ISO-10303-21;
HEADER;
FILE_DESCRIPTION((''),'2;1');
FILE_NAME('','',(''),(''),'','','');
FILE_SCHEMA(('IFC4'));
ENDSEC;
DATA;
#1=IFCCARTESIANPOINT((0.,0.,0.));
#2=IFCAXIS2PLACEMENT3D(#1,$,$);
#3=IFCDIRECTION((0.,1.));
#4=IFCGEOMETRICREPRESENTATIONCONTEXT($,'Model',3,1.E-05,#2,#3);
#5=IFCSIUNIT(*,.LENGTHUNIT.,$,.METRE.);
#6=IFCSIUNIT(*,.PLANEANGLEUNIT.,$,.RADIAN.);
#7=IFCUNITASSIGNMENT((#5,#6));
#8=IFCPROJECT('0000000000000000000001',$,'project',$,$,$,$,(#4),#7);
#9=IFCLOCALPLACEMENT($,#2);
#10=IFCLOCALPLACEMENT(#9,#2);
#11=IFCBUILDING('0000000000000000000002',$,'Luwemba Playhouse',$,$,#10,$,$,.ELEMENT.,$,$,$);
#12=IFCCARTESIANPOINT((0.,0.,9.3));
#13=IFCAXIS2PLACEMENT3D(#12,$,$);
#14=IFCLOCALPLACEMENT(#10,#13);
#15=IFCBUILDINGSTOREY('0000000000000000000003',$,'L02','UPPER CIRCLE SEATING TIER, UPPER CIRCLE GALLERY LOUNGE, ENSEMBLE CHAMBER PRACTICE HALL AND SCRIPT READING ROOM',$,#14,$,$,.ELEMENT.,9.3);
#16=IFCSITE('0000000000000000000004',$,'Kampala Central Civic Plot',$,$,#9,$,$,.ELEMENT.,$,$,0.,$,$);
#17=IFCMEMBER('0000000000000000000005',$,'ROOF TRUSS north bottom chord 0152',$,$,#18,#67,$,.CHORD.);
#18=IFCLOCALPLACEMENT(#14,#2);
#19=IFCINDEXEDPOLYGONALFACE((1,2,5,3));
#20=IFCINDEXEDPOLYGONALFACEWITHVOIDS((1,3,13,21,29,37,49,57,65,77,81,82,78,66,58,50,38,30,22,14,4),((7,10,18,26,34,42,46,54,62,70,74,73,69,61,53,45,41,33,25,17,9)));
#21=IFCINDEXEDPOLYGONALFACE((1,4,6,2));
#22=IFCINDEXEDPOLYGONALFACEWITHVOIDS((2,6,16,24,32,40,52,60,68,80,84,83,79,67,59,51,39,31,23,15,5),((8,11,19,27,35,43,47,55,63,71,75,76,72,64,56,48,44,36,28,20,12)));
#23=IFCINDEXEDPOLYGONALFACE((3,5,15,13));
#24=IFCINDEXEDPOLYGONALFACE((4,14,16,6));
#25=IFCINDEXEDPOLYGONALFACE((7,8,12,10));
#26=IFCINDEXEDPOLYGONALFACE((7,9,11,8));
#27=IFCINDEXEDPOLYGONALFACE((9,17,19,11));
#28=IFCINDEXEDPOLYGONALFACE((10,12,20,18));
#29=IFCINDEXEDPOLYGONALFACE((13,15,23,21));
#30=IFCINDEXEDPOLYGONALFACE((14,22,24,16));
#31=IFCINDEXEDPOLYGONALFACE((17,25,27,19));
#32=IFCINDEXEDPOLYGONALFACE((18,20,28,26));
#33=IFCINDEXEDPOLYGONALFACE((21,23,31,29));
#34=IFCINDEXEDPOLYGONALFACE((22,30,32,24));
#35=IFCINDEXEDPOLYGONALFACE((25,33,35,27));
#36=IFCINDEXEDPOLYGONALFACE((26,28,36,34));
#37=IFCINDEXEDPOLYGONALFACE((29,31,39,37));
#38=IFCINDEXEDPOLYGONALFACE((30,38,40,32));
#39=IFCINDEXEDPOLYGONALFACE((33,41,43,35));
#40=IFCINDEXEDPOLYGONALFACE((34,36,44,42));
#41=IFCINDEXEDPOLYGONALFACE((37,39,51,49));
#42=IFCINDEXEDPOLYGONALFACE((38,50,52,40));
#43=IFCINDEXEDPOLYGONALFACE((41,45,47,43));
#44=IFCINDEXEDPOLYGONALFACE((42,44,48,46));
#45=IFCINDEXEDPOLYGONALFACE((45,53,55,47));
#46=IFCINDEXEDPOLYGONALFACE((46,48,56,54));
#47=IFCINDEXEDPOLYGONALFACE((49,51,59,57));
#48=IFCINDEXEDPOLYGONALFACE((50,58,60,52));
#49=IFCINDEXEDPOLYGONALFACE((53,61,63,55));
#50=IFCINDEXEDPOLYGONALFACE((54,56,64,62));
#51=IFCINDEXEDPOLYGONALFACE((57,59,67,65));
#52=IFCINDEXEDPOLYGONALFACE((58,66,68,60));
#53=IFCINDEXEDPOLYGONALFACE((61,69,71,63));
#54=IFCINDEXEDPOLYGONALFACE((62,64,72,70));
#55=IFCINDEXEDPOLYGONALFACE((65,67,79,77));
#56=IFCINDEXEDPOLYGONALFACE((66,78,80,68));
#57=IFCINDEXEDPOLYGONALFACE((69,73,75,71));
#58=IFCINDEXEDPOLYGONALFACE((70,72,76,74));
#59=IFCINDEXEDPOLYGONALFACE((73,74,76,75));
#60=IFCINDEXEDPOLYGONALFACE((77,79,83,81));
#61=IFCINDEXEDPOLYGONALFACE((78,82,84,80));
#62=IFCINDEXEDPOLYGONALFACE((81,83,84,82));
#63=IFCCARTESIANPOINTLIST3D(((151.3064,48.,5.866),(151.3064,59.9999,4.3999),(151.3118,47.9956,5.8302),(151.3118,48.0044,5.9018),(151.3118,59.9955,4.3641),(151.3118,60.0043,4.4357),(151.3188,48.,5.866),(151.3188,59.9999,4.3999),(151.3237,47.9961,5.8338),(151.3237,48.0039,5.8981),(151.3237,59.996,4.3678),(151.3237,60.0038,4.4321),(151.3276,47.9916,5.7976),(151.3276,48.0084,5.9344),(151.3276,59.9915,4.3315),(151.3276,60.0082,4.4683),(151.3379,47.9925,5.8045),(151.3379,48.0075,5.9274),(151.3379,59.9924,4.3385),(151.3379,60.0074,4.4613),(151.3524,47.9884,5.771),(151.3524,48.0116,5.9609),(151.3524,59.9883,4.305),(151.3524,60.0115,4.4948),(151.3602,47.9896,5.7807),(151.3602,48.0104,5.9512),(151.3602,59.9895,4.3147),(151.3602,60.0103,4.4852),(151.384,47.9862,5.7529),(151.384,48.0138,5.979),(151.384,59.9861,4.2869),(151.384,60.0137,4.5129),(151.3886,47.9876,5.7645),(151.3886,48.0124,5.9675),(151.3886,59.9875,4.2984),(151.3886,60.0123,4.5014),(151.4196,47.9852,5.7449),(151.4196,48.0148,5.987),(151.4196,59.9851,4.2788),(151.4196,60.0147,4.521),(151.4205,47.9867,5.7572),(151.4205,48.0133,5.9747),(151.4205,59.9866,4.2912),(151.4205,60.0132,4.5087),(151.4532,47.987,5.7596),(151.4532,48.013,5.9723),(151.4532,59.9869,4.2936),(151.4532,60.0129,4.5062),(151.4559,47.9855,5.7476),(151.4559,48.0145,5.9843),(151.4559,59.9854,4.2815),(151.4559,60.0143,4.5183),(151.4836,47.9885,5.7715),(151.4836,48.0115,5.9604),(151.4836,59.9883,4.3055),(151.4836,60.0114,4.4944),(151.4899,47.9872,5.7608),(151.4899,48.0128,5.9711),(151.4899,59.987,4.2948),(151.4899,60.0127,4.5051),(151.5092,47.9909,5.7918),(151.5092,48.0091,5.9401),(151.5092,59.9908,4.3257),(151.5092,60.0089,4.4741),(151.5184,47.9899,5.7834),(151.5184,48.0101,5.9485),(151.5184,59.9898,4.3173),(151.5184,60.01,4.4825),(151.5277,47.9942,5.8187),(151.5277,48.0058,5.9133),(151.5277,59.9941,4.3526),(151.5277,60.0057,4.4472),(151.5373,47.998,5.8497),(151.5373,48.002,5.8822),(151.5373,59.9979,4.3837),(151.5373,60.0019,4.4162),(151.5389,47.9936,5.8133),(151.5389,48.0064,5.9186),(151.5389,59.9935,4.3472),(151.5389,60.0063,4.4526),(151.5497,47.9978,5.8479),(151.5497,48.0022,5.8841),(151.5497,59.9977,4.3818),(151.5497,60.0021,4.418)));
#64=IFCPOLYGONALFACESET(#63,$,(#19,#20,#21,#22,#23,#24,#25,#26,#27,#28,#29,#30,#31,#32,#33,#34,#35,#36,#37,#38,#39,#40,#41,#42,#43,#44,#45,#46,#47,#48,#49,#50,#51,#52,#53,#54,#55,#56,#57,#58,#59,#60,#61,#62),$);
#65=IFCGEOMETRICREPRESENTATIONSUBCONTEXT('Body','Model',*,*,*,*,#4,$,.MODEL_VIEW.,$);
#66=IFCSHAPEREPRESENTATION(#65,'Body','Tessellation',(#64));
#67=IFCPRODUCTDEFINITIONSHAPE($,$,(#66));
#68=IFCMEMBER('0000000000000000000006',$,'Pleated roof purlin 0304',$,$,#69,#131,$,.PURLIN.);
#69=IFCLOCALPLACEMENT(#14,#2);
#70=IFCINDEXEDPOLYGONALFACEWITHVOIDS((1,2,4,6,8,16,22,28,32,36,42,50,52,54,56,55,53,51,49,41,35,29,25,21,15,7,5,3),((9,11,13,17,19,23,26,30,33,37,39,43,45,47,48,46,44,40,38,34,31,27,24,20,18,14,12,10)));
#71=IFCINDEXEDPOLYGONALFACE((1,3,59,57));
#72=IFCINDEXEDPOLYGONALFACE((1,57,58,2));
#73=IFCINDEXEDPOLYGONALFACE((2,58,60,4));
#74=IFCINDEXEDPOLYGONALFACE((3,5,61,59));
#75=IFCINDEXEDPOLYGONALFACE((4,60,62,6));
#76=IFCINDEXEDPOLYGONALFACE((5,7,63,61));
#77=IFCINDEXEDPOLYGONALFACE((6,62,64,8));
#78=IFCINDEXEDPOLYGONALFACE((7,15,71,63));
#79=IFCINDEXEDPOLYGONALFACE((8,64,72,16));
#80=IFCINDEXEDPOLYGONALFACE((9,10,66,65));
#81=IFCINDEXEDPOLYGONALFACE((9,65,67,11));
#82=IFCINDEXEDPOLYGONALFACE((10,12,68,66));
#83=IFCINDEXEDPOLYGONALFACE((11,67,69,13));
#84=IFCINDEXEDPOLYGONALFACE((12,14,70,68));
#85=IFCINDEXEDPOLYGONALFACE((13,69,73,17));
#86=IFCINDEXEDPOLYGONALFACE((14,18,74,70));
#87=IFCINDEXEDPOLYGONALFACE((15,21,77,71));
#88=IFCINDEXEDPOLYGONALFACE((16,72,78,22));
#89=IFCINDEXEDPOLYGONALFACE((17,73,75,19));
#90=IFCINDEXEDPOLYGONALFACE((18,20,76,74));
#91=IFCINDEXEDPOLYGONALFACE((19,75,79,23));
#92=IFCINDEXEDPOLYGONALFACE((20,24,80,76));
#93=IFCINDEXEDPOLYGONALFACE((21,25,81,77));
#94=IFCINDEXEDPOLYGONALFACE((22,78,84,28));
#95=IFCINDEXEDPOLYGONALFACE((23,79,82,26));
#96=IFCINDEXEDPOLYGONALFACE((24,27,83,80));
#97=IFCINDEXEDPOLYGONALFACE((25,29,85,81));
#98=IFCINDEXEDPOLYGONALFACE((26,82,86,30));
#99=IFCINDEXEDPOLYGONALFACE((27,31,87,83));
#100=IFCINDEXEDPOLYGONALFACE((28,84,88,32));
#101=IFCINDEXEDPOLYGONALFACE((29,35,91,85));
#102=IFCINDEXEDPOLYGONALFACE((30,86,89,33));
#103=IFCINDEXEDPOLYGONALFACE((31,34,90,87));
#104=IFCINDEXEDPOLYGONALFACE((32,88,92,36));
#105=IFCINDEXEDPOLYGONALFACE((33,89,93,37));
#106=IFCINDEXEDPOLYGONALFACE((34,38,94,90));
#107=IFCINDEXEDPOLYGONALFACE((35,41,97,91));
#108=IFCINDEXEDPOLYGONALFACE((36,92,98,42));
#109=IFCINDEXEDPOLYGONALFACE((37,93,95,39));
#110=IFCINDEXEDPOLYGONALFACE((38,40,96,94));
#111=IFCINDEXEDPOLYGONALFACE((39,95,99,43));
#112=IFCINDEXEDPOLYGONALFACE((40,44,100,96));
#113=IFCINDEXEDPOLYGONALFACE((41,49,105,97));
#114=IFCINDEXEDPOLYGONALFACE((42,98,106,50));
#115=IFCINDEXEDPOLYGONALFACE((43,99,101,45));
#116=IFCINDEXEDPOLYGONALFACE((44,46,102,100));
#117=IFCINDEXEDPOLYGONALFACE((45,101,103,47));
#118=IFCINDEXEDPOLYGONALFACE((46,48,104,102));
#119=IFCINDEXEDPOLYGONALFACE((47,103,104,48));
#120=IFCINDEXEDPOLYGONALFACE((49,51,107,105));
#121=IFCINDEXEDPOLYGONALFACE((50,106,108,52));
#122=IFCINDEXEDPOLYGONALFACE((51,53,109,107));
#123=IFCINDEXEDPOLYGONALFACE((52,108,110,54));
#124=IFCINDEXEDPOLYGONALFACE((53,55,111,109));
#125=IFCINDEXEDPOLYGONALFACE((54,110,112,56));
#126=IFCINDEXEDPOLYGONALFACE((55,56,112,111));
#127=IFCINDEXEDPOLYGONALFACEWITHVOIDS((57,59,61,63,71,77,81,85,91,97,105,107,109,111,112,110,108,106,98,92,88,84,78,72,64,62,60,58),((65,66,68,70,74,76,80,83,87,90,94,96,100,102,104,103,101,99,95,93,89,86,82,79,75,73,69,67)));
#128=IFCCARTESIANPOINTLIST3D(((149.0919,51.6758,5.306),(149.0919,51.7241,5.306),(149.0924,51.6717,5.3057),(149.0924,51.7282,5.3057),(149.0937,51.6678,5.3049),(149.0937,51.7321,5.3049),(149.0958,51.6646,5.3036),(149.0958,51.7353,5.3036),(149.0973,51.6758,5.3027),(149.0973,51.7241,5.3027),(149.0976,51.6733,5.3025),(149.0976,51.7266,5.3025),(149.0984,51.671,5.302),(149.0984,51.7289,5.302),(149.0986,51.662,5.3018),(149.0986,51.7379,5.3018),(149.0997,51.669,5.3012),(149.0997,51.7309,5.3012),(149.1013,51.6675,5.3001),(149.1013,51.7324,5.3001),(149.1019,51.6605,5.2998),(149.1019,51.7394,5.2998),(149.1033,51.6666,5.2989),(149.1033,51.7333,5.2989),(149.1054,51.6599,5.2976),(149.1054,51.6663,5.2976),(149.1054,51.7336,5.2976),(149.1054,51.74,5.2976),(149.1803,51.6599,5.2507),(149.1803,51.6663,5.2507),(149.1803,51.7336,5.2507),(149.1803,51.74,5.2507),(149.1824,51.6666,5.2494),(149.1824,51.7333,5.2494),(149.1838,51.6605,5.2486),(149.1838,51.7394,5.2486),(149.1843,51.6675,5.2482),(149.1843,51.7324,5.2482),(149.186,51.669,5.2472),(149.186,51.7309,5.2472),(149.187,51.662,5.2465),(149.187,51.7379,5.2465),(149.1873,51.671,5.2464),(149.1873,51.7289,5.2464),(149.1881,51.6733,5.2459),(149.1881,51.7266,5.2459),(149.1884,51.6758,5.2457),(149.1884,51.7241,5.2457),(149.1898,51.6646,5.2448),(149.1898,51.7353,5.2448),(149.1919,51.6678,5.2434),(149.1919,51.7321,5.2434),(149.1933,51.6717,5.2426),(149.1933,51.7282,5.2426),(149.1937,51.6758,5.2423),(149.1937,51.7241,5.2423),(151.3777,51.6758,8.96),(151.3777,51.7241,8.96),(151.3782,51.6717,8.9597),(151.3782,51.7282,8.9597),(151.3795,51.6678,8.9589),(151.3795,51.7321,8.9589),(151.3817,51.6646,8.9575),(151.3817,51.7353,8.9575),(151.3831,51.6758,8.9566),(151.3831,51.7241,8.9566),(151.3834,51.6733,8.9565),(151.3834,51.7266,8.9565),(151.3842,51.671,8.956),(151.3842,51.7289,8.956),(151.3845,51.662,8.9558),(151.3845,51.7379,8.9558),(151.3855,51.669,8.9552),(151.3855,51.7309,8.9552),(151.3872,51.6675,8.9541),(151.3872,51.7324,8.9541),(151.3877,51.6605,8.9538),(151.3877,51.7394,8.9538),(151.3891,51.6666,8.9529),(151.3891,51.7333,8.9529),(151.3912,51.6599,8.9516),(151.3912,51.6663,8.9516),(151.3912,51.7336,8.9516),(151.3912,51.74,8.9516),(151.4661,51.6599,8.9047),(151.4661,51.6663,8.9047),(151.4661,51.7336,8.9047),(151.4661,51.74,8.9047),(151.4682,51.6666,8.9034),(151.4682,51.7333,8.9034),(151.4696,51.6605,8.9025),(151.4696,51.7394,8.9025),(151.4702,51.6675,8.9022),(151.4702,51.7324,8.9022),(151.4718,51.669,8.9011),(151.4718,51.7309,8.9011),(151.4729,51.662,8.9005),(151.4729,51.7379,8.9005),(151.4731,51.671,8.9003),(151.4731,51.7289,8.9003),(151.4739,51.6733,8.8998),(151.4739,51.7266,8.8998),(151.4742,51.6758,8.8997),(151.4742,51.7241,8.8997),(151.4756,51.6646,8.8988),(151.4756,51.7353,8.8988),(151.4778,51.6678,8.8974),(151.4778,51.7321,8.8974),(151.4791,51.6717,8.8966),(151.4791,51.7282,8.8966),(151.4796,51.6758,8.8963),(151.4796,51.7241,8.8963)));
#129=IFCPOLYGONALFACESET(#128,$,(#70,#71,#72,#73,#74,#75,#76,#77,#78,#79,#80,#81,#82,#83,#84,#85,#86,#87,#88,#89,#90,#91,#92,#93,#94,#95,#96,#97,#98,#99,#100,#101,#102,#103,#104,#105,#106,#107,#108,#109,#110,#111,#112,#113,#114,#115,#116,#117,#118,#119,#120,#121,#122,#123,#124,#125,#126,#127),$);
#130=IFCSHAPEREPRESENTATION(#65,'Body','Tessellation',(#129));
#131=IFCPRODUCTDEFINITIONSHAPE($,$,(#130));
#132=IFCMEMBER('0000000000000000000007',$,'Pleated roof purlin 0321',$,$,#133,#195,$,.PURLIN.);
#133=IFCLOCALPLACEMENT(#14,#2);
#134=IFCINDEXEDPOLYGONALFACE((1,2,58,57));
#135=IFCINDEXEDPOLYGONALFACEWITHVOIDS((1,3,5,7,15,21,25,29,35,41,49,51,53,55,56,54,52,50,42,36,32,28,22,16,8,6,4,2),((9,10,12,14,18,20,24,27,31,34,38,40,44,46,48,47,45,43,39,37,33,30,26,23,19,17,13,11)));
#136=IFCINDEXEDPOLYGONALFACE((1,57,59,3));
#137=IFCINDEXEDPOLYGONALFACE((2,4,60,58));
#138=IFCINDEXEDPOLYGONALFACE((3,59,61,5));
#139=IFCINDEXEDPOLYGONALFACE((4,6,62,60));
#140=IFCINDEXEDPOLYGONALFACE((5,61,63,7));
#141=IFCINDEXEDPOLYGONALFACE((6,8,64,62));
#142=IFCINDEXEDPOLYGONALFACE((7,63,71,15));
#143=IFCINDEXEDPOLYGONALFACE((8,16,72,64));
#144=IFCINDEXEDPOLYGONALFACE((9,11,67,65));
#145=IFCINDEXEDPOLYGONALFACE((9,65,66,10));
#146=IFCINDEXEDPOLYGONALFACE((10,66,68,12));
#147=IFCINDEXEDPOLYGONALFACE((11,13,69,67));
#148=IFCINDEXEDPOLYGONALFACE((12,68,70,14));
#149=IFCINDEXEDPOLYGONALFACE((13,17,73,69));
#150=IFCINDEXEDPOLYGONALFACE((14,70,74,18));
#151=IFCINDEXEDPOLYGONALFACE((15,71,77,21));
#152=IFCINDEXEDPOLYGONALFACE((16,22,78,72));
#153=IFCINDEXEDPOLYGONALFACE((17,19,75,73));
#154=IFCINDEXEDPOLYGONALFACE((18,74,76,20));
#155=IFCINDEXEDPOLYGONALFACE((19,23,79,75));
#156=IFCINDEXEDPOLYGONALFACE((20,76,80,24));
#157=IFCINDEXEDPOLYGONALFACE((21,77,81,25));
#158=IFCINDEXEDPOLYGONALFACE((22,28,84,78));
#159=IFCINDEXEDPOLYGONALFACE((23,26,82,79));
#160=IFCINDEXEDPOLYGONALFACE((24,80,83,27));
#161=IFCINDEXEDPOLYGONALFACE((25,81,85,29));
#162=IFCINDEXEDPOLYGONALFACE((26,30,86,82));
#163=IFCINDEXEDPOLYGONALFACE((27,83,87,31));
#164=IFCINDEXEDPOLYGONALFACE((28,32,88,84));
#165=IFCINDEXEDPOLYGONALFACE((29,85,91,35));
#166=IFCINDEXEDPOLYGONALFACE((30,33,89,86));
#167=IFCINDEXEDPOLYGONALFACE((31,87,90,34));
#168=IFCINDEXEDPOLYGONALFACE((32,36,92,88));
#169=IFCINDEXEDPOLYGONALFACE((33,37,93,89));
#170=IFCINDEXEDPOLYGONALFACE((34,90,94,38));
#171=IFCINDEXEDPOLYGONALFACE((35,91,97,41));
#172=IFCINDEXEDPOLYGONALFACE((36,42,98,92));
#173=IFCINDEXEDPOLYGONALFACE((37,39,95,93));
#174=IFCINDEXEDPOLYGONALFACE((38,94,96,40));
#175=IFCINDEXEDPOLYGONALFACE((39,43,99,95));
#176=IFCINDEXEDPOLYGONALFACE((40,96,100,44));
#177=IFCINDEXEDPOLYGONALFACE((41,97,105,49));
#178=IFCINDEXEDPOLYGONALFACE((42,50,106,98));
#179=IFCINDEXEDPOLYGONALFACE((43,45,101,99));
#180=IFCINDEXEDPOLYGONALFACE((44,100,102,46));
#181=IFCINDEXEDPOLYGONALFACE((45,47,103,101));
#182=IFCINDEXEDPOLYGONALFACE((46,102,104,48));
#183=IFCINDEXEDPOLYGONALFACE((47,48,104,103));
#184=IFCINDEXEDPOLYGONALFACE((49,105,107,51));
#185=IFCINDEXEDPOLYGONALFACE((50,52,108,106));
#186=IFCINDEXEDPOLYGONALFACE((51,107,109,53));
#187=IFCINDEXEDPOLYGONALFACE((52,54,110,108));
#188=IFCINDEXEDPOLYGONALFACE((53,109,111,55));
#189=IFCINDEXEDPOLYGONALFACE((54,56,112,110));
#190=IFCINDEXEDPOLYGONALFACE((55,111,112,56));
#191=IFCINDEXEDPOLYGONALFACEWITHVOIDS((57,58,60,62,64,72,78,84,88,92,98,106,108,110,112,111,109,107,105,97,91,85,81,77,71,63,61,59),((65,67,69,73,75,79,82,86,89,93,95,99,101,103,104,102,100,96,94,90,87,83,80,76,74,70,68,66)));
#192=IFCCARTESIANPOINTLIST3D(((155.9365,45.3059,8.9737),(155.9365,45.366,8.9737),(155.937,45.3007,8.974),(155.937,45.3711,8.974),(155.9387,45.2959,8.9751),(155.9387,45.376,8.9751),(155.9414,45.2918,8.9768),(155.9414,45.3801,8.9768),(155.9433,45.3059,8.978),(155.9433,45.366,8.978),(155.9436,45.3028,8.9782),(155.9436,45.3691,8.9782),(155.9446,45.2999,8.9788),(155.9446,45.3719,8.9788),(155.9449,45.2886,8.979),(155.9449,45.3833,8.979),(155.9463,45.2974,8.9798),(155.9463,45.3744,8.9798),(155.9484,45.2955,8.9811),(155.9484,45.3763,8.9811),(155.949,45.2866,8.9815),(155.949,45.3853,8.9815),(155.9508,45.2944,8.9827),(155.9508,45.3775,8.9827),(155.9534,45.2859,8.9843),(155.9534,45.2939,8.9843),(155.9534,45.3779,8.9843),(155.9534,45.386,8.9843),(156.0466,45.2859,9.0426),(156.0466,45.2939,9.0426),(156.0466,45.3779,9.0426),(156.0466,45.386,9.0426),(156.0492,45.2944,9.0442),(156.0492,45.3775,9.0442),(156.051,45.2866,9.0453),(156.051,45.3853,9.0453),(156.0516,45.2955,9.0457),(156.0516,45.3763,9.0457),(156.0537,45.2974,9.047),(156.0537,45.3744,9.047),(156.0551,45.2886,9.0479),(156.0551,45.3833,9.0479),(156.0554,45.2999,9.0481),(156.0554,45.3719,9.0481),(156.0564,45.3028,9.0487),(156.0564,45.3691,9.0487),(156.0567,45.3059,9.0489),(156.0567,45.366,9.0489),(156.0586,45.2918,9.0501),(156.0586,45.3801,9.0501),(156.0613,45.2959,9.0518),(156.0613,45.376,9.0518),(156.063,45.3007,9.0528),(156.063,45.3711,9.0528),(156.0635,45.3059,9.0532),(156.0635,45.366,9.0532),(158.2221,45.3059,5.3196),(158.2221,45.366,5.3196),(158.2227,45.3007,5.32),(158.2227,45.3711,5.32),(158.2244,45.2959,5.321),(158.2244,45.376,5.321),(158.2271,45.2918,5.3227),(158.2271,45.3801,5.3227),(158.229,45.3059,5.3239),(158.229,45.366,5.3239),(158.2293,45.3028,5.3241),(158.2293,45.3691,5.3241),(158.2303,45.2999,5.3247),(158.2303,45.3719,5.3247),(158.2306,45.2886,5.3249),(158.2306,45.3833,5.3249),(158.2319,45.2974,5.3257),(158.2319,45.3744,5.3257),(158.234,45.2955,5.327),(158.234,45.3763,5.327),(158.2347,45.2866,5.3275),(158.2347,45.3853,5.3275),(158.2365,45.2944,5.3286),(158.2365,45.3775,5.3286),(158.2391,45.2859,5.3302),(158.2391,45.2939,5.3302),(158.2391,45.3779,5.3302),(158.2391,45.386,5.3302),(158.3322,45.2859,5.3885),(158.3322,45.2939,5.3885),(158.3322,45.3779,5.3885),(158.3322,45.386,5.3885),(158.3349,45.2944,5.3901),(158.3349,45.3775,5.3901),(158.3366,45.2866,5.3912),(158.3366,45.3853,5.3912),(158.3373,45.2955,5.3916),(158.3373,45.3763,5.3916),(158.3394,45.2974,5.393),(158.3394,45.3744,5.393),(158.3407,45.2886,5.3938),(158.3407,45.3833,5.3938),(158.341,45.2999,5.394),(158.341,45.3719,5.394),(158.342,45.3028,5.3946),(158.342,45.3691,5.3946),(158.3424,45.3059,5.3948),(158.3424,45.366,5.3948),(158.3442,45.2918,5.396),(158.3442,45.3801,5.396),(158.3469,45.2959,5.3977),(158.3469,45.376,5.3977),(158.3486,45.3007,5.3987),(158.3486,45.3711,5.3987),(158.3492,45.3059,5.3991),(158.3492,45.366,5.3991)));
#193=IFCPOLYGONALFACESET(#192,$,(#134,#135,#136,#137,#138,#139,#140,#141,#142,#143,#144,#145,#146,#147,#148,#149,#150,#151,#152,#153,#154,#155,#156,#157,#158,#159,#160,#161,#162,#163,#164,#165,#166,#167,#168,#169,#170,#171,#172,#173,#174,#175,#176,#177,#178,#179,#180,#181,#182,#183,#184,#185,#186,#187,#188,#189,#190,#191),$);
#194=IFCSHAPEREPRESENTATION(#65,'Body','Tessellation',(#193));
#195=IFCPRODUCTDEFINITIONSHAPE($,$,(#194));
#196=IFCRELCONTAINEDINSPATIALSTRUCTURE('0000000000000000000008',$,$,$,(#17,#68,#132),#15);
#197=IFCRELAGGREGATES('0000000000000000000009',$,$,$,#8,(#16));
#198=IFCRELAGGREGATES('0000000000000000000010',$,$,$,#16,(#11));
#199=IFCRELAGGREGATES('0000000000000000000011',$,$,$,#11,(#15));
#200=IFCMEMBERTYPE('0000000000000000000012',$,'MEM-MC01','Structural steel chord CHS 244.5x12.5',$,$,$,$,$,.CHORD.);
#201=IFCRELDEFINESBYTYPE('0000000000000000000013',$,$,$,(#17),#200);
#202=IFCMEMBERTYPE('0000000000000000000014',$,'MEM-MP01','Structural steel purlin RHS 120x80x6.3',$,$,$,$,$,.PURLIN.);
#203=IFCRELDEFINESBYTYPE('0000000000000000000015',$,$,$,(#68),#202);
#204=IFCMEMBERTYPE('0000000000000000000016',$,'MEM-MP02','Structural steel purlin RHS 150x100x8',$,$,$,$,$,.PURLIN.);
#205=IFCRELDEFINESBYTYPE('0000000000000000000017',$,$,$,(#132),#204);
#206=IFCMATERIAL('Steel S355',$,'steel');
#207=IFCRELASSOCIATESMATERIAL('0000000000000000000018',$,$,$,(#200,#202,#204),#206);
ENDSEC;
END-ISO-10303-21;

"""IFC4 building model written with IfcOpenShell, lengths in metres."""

from ifc_helpers import new_model, si_unit, direction, frame, origin, origin_2d, place, context, subcontext, project, spatial, hollow_rectangle, hollow_circle, extrude, material, material_profile, profile_set, type_object, element, save


model = new_model("IFC4")

# Units and contexts
model_context = context("Model", 3, precision=1e-05, world=origin(), true_north=direction((0.0, 1.0)))
body_context = subcontext(model_context, "Body", "Model", "MODEL_VIEW")
ifc_project = project(units=[si_unit("LENGTHUNIT", "METRE"), si_unit("PLANEANGLEUNIT", "RADIAN")], contexts=[model_context])

# Site, building, storey
site_placement = place(None, origin())
site = spatial("IfcSite", under=ifc_project, at=site_placement, Name="Kampala Central Civic Plot", CompositionType="ELEMENT", RefElevation=0.0)
building_placement = place(site_placement, origin())
building = spatial("IfcBuilding", under=site, at=building_placement, Name="Luwemba Playhouse", CompositionType="ELEMENT")
storey_placement = place(building_placement, frame((0.0, 0.0, 9.3)))
storey = spatial("IfcBuildingStorey", under=building, at=storey_placement, Name="L02", Description="UPPER CIRCLE SEATING TIER, UPPER CIRCLE GALLERY LOUNGE, ENSEMBLE CHAMBER PRACTICE HALL AND SCRIPT READING ROOM", CompositionType="ELEMENT", Elevation=9.3)

# Shared definitions
ifc_material_1 = material(Name="Steel S355", Category="steel")

# Members
ifc_material_profile_1 = material_profile(ifc_material_1, hollow_circle(Radius=0.1223, WallThickness=0.0125, at=origin_2d()))
ifc_profile_set_1 = profile_set([ifc_material_profile_1], Name="Steel S355")
member_type_1 = type_object("IfcMemberType", Name="MEM-MC01", Description="Structural steel chord CHS 244.5x12.5", PredefinedType="CHORD", material=ifc_profile_set_1)
member_1_placement = place(storey_placement, frame((151.4287, 48.0, 5.866), z_axis=(0.0, 0.99262, -0.12127), x_axis=(-1.0, 0.0, 0.0)))
element("IfcMember", 1, at=member_1_placement, inside=storey, type_object=member_type_1, Name="ROOF TRUSS north bottom chord 0152", PredefinedType="CHORD", context=body_context, shape_type="SweptSolid", body=[
    extrude(hollow_circle(Radius=0.1223, WallThickness=0.0125, at=origin_2d()), origin(), (0.0, 0.0, 1.0), 12.0891),
])
ifc_material_profile_2 = material_profile(ifc_material_1, hollow_rectangle(XDim=0.0801, YDim=0.1201, WallThickness=0.0063, InnerFilletRadius=0.0095, OuterFilletRadius=0.0159, at=origin_2d()))
ifc_profile_set_2 = profile_set([ifc_material_profile_2], Name="Steel S355")
member_type_2 = type_object("IfcMemberType", Name="MEM-MP01", Description="Structural steel purlin RHS 120x80x6.3", PredefinedType="PURLIN", material=ifc_profile_set_2)
member_2_placement = place(storey_placement, frame((149.1428, 51.7, 5.2742), z_axis=(0.53035, 0.0, 0.847779), x_axis=(0.0, 1.0, 0.0)))
element("IfcMember", 2, at=member_2_placement, inside=storey, type_object=member_type_2, Name="Pleated roof purlin 0304", PredefinedType="PURLIN", context=body_context, shape_type="SweptSolid", body=[
    extrude(hollow_rectangle(XDim=0.0801, YDim=0.1201, WallThickness=0.0063, InnerFilletRadius=0.0095, OuterFilletRadius=0.0159, at=origin_2d()), origin(), (0.0, 0.0, 1.0), 4.3101),
])
ifc_material_profile_3 = material_profile(ifc_material_1, hollow_rectangle(XDim=0.1001, YDim=0.1499, WallThickness=0.0081, InnerFilletRadius=0.012, OuterFilletRadius=0.02, at=origin_2d()))
ifc_profile_set_3 = profile_set([ifc_material_profile_3], Name="Steel S355")
member_type_3 = type_object("IfcMemberType", Name="MEM-MP02", Description="Structural steel purlin RHS 150x100x8", PredefinedType="PURLIN", material=ifc_profile_set_3)
member_3_placement = place(storey_placement, frame((156.0, 45.3359, 9.0134), z_axis=(0.530309, 0.0, -0.847804), x_axis=(0.0, 1.0, 0.0)))
element("IfcMember", 3, at=member_3_placement, inside=storey, type_object=member_type_3, Name="Pleated roof purlin 0321", PredefinedType="PURLIN", context=body_context, shape_type="SweptSolid", body=[
    extrude(hollow_rectangle(XDim=0.1001, YDim=0.1499, WallThickness=0.0081, InnerFilletRadius=0.012, OuterFilletRadius=0.02, at=origin_2d()), origin(), (0.0, 0.0, 1.0), 4.3101),
])

save(model, "model.ifc")
